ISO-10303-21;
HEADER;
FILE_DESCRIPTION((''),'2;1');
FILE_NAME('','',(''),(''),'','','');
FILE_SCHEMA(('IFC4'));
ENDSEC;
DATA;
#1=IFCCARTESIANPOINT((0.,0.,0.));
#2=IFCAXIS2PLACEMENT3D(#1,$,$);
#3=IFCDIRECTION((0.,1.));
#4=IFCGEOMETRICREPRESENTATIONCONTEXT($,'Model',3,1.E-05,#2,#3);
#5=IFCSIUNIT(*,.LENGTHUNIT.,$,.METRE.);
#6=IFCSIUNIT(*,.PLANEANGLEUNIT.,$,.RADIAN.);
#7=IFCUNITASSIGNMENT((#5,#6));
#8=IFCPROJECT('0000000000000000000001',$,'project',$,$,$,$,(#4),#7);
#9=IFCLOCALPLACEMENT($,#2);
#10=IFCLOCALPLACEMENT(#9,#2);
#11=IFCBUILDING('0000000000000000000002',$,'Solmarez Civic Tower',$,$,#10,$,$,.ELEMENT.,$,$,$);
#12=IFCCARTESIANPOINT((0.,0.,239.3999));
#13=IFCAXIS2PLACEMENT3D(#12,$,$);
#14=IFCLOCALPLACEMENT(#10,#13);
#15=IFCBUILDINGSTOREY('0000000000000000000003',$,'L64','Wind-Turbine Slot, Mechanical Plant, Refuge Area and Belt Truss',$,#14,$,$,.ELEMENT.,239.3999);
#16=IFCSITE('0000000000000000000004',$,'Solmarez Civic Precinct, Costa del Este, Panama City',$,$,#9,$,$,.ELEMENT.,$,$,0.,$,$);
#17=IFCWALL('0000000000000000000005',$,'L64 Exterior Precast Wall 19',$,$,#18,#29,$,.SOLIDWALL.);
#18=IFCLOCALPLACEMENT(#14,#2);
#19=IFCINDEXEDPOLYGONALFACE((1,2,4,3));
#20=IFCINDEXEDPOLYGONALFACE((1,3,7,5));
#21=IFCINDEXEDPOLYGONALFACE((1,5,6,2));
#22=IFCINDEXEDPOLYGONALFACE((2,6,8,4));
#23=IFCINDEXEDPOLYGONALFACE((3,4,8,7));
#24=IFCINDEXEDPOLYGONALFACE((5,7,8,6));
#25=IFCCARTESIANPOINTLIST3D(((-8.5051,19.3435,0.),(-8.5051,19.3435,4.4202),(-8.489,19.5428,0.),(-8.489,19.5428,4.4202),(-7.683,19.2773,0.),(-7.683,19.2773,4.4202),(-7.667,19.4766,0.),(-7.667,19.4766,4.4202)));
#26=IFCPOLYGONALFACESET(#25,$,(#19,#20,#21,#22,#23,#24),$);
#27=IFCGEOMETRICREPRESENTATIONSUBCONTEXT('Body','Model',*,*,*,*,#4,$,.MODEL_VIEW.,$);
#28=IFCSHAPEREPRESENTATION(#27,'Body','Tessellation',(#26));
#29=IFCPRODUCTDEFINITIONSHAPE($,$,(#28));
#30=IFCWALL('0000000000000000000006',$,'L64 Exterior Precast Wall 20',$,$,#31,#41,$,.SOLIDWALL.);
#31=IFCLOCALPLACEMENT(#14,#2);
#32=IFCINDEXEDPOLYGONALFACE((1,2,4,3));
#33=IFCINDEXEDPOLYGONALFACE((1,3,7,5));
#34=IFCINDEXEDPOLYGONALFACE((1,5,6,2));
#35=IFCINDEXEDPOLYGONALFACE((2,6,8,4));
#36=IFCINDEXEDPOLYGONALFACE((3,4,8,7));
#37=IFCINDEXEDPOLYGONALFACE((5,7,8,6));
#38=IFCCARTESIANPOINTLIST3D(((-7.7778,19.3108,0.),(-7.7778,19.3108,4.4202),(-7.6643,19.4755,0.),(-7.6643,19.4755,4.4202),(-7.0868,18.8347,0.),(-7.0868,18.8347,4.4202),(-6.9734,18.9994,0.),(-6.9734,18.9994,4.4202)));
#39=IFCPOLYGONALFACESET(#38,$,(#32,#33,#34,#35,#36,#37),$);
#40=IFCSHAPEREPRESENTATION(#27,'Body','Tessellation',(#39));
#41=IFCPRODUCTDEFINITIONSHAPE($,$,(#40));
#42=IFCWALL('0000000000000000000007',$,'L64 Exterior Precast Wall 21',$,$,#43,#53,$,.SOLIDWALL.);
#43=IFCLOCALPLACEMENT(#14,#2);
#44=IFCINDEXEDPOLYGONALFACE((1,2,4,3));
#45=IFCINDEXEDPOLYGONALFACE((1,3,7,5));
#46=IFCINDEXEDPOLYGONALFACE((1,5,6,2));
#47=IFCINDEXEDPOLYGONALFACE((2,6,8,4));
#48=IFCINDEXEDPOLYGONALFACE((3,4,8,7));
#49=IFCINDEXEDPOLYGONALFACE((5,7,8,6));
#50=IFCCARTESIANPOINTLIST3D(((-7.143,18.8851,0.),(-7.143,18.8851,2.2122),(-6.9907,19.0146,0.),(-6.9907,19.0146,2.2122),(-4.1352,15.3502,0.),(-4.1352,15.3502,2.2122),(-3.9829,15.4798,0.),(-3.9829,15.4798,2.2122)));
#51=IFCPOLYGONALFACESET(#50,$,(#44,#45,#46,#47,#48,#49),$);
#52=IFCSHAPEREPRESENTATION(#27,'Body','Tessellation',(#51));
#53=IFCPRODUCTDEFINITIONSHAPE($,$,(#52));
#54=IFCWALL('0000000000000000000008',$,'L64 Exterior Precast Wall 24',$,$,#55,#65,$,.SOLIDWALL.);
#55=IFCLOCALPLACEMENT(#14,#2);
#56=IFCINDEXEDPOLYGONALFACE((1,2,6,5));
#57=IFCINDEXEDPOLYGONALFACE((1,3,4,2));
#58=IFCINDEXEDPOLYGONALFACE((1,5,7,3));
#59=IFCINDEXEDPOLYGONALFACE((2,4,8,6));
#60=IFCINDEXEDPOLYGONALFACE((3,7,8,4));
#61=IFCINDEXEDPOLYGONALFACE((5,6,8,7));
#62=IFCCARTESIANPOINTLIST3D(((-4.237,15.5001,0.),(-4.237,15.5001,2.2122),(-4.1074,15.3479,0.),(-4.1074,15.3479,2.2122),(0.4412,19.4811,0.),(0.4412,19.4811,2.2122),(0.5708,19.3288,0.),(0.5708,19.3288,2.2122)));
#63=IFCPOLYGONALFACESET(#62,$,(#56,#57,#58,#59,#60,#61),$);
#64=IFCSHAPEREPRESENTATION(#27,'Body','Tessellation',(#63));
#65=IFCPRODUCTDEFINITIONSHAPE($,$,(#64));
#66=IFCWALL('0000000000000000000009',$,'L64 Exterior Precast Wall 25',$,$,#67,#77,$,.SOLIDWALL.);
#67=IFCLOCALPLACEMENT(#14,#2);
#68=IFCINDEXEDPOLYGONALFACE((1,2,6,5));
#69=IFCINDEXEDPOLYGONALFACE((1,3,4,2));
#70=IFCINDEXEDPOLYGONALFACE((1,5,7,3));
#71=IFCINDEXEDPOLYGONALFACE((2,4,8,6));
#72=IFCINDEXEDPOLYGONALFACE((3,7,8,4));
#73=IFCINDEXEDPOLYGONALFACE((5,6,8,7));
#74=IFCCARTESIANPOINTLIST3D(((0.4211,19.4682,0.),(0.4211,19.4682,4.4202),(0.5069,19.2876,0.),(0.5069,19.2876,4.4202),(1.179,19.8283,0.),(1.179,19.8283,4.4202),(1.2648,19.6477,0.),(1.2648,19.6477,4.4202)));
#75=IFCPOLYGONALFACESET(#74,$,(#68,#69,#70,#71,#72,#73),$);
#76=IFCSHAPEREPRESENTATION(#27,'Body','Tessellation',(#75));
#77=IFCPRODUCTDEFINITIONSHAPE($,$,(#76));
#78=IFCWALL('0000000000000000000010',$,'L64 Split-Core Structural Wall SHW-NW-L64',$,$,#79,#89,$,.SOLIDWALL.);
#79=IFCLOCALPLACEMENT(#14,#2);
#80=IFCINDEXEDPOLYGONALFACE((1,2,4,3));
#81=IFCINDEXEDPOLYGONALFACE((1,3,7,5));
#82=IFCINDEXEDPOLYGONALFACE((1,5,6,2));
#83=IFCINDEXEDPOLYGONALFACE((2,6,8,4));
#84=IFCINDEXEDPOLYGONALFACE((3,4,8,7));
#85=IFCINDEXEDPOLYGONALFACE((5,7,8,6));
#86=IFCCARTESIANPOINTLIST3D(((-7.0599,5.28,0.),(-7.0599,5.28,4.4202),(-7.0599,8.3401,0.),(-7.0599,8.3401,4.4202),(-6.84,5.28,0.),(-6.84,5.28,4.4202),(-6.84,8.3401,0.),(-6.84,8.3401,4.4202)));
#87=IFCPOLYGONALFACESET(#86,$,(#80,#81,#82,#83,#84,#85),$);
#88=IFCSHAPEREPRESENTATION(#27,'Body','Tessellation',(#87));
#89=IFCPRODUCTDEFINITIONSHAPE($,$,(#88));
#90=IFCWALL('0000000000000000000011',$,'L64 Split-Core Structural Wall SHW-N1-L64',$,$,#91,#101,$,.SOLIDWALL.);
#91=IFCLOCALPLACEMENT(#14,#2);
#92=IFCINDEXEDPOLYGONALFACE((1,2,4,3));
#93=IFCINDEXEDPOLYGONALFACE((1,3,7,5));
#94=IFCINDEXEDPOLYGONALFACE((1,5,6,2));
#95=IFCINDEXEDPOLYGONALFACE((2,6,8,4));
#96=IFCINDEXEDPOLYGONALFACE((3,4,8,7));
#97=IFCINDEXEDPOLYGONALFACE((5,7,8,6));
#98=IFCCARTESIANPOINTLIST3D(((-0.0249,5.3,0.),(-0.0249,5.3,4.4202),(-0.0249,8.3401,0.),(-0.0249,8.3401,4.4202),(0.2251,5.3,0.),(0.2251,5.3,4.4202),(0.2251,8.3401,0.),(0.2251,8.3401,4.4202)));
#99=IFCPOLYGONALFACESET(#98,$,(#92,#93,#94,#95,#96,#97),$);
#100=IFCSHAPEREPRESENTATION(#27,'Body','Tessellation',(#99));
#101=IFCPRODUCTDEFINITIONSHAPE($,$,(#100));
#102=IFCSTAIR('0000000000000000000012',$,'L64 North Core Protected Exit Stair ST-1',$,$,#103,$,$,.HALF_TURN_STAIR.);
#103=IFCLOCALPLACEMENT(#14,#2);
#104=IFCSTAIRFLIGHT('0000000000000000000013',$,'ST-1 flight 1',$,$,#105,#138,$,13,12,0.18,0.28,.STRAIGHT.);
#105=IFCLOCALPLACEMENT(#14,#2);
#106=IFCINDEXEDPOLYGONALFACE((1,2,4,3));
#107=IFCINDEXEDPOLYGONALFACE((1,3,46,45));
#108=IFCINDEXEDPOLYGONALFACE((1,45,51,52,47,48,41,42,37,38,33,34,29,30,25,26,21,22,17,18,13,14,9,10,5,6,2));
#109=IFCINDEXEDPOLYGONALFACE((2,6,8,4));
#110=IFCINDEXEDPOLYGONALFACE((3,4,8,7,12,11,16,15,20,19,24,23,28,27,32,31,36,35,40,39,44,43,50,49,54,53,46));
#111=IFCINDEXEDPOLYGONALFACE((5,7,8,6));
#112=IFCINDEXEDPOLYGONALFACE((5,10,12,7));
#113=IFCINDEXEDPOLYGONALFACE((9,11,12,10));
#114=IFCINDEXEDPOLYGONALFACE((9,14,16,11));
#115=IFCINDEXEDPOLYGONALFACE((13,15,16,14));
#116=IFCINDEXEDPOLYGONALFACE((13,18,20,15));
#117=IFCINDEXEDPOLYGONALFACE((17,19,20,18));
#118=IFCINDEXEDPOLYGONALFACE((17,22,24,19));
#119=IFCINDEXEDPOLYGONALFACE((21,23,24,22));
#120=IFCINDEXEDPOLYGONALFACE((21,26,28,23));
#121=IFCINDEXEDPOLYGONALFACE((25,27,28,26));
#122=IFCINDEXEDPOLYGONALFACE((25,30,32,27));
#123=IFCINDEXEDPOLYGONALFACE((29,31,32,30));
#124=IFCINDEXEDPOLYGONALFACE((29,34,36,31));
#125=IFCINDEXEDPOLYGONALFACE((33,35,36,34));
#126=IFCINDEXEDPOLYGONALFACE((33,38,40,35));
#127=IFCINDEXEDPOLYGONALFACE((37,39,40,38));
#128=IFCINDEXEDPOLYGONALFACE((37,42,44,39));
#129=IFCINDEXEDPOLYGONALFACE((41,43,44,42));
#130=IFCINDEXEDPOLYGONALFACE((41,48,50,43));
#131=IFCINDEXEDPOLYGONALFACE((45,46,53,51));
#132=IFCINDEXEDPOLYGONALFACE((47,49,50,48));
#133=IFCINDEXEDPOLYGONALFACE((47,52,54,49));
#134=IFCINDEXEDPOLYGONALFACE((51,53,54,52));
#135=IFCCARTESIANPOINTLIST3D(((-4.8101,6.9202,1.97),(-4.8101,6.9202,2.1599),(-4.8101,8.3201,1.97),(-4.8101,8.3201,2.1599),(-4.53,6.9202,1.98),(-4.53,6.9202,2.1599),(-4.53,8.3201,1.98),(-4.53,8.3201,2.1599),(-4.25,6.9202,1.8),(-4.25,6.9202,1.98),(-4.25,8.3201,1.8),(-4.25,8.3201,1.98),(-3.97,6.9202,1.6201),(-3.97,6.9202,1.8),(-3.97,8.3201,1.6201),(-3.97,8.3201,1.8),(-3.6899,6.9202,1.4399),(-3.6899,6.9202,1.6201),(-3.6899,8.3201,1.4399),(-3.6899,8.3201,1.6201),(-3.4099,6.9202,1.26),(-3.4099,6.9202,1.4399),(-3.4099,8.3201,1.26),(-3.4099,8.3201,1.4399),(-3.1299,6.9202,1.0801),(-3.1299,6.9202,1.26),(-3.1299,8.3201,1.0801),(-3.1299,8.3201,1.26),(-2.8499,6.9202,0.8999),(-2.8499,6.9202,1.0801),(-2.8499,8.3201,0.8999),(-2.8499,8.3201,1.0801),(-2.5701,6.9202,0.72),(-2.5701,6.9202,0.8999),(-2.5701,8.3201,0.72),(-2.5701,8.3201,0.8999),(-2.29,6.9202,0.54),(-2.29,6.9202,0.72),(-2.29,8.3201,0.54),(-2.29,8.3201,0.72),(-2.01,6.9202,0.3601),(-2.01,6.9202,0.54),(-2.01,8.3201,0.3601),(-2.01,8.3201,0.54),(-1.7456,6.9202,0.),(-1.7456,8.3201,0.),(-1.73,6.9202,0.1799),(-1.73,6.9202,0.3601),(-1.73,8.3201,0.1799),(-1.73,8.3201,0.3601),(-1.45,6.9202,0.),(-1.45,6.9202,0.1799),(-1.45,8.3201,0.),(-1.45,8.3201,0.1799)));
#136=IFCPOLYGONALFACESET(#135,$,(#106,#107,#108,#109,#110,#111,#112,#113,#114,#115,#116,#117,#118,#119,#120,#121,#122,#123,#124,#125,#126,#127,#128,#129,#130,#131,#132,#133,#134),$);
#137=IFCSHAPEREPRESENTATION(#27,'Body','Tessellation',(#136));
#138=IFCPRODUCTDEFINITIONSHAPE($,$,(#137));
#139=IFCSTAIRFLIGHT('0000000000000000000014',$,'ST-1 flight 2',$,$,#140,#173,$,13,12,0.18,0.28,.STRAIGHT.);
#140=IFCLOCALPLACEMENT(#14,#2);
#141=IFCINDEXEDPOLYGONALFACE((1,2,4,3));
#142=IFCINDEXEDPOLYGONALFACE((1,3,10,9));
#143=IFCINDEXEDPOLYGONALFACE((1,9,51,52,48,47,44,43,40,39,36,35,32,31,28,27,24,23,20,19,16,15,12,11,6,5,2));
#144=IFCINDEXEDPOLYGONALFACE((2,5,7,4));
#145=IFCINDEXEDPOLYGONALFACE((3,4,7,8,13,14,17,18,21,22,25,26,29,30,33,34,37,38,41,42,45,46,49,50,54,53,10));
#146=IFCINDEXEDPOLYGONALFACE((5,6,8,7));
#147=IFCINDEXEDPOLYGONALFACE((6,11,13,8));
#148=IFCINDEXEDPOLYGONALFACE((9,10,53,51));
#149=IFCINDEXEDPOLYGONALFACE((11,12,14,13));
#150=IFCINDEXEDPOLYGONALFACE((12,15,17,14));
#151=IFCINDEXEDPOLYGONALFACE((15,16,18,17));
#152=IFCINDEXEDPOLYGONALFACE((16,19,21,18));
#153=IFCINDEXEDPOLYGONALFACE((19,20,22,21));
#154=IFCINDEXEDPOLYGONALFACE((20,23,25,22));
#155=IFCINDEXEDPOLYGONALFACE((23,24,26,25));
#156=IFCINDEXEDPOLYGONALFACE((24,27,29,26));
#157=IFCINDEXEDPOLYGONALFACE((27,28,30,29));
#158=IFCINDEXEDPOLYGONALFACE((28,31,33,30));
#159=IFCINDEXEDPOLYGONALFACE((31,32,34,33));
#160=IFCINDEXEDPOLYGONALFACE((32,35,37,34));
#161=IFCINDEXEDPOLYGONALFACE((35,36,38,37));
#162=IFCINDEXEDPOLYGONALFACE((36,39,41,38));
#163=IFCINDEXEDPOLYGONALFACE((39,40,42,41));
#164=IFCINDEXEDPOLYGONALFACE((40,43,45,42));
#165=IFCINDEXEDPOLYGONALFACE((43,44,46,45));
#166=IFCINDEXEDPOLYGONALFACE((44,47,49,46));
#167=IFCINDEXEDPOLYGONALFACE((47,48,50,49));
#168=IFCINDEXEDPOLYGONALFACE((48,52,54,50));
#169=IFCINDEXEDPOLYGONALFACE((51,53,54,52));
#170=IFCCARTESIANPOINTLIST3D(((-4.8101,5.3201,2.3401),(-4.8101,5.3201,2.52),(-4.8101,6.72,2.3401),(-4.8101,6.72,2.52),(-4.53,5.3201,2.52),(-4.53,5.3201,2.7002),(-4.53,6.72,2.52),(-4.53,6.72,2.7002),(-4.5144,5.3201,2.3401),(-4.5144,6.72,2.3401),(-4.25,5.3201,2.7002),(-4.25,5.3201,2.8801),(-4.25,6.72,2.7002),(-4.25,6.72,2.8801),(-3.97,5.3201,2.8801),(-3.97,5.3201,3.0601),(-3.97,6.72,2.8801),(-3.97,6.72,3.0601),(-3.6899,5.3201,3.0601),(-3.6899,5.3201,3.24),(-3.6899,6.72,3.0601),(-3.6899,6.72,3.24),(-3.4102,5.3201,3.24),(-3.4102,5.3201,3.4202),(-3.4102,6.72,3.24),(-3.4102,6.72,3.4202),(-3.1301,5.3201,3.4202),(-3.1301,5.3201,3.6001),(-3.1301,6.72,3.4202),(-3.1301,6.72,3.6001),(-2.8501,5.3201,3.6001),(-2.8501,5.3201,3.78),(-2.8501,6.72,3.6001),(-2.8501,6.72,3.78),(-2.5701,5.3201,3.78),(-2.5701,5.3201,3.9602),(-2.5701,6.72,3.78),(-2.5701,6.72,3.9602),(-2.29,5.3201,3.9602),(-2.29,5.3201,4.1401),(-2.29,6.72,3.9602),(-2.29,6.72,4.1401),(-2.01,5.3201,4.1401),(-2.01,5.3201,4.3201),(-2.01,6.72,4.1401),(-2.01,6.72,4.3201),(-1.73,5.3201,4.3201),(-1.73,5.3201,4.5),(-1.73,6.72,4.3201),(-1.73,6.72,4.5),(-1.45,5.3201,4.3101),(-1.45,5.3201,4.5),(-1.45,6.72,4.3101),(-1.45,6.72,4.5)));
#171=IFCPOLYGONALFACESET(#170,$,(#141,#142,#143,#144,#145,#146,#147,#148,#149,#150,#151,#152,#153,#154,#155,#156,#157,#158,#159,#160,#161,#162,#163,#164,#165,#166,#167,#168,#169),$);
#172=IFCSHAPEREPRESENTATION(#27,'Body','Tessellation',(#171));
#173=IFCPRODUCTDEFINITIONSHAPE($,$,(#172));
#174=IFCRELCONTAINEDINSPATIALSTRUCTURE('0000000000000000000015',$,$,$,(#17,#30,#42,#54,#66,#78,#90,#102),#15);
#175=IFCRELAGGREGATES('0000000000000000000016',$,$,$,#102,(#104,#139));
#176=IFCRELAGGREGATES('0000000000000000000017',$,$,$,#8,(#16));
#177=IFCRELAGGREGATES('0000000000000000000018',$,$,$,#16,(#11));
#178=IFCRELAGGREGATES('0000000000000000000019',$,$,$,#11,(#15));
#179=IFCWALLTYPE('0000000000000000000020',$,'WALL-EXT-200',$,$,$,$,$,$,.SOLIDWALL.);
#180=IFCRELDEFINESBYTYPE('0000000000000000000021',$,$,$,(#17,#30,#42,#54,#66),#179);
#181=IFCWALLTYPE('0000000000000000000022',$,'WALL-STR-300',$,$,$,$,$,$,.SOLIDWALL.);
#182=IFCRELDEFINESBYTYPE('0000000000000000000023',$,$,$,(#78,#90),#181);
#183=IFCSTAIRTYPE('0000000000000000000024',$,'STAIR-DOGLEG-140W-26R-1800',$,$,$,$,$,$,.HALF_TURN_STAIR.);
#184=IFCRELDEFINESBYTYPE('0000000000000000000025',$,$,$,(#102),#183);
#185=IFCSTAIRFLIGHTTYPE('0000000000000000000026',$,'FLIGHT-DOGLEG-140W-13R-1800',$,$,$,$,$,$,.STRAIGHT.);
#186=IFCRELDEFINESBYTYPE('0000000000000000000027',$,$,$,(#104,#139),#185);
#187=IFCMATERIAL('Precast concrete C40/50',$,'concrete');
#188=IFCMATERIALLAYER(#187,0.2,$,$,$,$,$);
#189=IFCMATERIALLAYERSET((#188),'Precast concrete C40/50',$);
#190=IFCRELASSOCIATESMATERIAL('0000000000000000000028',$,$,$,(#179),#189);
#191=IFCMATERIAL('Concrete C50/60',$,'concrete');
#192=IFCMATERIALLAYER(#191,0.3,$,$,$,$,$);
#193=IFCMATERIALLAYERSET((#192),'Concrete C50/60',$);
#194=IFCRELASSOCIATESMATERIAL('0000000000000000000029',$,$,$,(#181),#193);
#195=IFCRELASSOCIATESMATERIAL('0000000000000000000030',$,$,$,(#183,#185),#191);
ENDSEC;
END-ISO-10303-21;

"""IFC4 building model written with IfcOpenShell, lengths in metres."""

from ifc_helpers import new_model, si_unit, direction, frame, frame_2d, origin, place, context, subcontext, project, spatial, polyline, rectangle, outline, extrude, material, layer, layer_set, type_object, element, aggregate, save


model = new_model("IFC4")

# Units and contexts
model_context = context("Model", 3, precision=1e-05, world=origin(), true_north=direction((0.0, 1.0)))
body_context = subcontext(model_context, "Body", "Model", "MODEL_VIEW")
ifc_project = project(units=[si_unit("LENGTHUNIT", "METRE"), si_unit("PLANEANGLEUNIT", "RADIAN")], contexts=[model_context])

# Site, building, storey
site_placement = place(None, origin())
site = spatial("IfcSite", under=ifc_project, at=site_placement, Name="Solmarez Civic Precinct, Costa del Este, Panama City", CompositionType="ELEMENT", RefElevation=0.0)
building_placement = place(site_placement, origin())
building = spatial("IfcBuilding", under=site, at=building_placement, Name="Solmarez Civic Tower", CompositionType="ELEMENT")
storey_placement = place(building_placement, frame((0.0, 0.0, 239.3999)))
storey = spatial("IfcBuildingStorey", under=building, at=storey_placement, Name="L64", Description="Wind-Turbine Slot, Mechanical Plant, Refuge Area and Belt Truss", CompositionType="ELEMENT", Elevation=239.3999)

# Shared definitions
ifc_material_1 = material(Name="Concrete C50/60", Category="concrete")

# Walls
ifc_material_2 = material(Name="Precast concrete C40/50", Category="concrete")
ifc_layer_1 = layer(ifc_material_2, 0.2)
ifc_layer_set_1 = layer_set([ifc_layer_1], Name="Precast concrete C40/50")
wall_type_1 = type_object("IfcWallType", Name="WALL-EXT-200", PredefinedType="SOLIDWALL", material=ifc_layer_set_1)
wall_1_placement = place(storey_placement, frame((-8.4971, 19.4431, 0.0), z_axis=(0.0, 0.0, 1.0), x_axis=(0.996777, -0.080228, 0.0)))
element("IfcWall", 1, at=wall_1_placement, inside=storey, type_object=wall_type_1, Name="L64 Exterior Precast Wall 19", PredefinedType="SOLIDWALL", context=body_context, shape_type="SweptSolid", body=[
    extrude(rectangle(XDim=0.8247, YDim=0.2, at=frame_2d((0.4124, 0.0))), origin(), (0.0, 0.0, 1.0), 4.4202),
])
wall_2_placement = place(storey_placement, frame((-7.7209, 19.3931, 0.0), z_axis=(0.0, 0.0, 1.0), x_axis=(0.823447, -0.567393, 0.0)))
element("IfcWall", 2, at=wall_2_placement, inside=storey, type_object=wall_type_1, Name="L64 Exterior Precast Wall 20", PredefinedType="SOLIDWALL", context=body_context, shape_type="SweptSolid", body=[
    extrude(rectangle(XDim=0.8391, YDim=0.2, at=frame_2d((0.4194, 0.0))), origin(), (0.0, 0.0, 1.0), 4.4202),
])
wall_3_placement = place(storey_placement, frame((-7.0669, 18.95, 0.0), z_axis=(0.0, 0.0, 1.0), x_axis=(0.648041, -0.761606, 0.0)))
element("IfcWall", 3, at=wall_3_placement, inside=storey, type_object=wall_type_1, Name="L64 Exterior Precast Wall 21", PredefinedType="SOLIDWALL", context=body_context, shape_type="SweptSolid", body=[
    extrude(rectangle(XDim=4.6414, YDim=0.2, at=frame_2d((2.3208, 0.0))), origin(), (0.0, 0.0, 1.0), 2.2122),
])
wall_4_placement = place(storey_placement, frame((-4.1721, 15.4241, 0.0), z_axis=(0.0, 0.0, 1.0), x_axis=(0.76158, 0.648071, 0.0)))
element("IfcWall", 4, at=wall_4_placement, inside=storey, type_object=wall_type_1, Name="L64 Exterior Precast Wall 24", PredefinedType="SOLIDWALL", context=body_context, shape_type="SweptSolid", body=[
    extrude(rectangle(XDim=6.1428, YDim=0.2, at=frame_2d((3.0713, 0.0))), origin(), (0.0, 0.0, 1.0), 2.2122),
])
wall_5_placement = place(storey_placement, frame((0.4641, 19.3779, 0.0), z_axis=(0.0, 0.0, 1.0), x_axis=(0.90321, 0.429199, 0.0)))
element("IfcWall", 5, at=wall_5_placement, inside=storey, type_object=wall_type_1, Name="L64 Exterior Precast Wall 25", PredefinedType="SOLIDWALL", context=body_context, shape_type="SweptSolid", body=[
    extrude(rectangle(XDim=0.8391, YDim=0.2, at=frame_2d((0.4194, 0.0))), origin(), (0.0, 0.0, 1.0), 4.4202),
])
ifc_layer_2 = layer(ifc_material_1, 0.3)
ifc_layer_set_2 = layer_set([ifc_layer_2], Name="Concrete C50/60")
wall_type_2 = type_object("IfcWallType", Name="WALL-STR-300", PredefinedType="SOLIDWALL", material=ifc_layer_set_2)
wall_6_placement = place(storey_placement, frame((-6.95, 5.28, 0.0), z_axis=(0.0, 0.0, 1.0), x_axis=(0.0, 1.0, 0.0)))
element("IfcWall", 6, at=wall_6_placement, inside=storey, type_object=wall_type_2, Name="L64 Split-Core Structural Wall SHW-NW-L64", PredefinedType="SOLIDWALL", context=body_context, shape_type="SweptSolid", body=[
    extrude(rectangle(XDim=3.0601, YDim=0.22, at=frame_2d((1.53, 0.0))), origin(), (0.0, 0.0, 1.0), 4.4202),
])
wall_7_placement = place(storey_placement, frame((0.1001, 5.3, 0.0), z_axis=(0.0, 0.0, 1.0), x_axis=(0.0, 1.0, 0.0)))
element("IfcWall", 7, at=wall_7_placement, inside=storey, type_object=wall_type_2, Name="L64 Split-Core Structural Wall SHW-N1-L64", PredefinedType="SOLIDWALL", context=body_context, shape_type="SweptSolid", body=[
    extrude(rectangle(XDim=3.04, YDim=0.25, at=frame_2d((1.52, 0.0))), origin(), (0.0, 0.0, 1.0), 4.4202),
])

# Stair, stair flights
stair_type = type_object("IfcStairType", Name="STAIR-DOGLEG-140W-26R-1800", PredefinedType="HALF_TURN_STAIR", material=ifc_material_1)
stair_placement = place(storey_placement, origin())
stair = element("IfcStair", 8, at=stair_placement, inside=storey, type_object=stair_type, Name="L64 North Core Protected Exit Stair ST-1", PredefinedType="HALF_TURN_STAIR")
stair_flight_type = type_object("IfcStairFlightType", Name="FLIGHT-DOGLEG-140W-13R-1800", PredefinedType="STRAIGHT", material=ifc_material_1)
stair_flight_1_placement = place(storey_placement, frame((-1.45, 7.6201, 0.0), z_axis=(0.0, 0.0, 1.0), x_axis=(-1.0, 0.0, 0.0)))
stair_flight_1 = element("IfcStairFlight", 9, at=stair_flight_1_placement, type_object=stair_flight_type, Name="ST-1 flight 1", NumberOfRisers=13, NumberOfTreads=12, PredefinedType="STRAIGHT", RiserHeight=0.18, TreadLength=0.28, context=body_context, shape_type="SweptSolid", body=[
    extrude(outline(polyline([(0.0, 0.0), (0.0, 0.1799), (0.28, 0.1799), (0.28, 0.3601), (0.5601, 0.3601), (0.5601, 0.54), (0.8401, 0.54), (0.8401, 0.72), (1.1201, 0.72), (1.1201, 0.8999), (1.3999, 0.8999), (1.3999, 1.0801), (1.6799, 1.0801), (1.6799, 1.26), (1.96, 1.26), (1.96, 1.4399), (2.24, 1.4399), (2.24, 1.6201), (2.52, 1.6201), (2.52, 1.8), (2.8, 1.8), (2.8, 1.98), (3.0801, 1.98), (3.0801, 2.1599), (3.3601, 2.1599), (3.3601, 2.3401), (3.3601, 1.97), (0.2957, 0.0), (0.0, 0.0)])), frame((0.0, 0.7, 0.0), z_axis=(0.0, -1.0, 0.0), x_axis=(1.0, 0.0, 0.0)), (0.0, 0.0, 1.0), 1.3999),
])
stair_flight_2_placement = place(storey_placement, frame((-4.8101, 6.02, 2.3401), z_axis=(0.0, 0.0, 1.0), x_axis=(1.0, 0.0, 0.0)))
stair_flight_2 = element("IfcStairFlight", 10, at=stair_flight_2_placement, type_object=stair_flight_type, Name="ST-1 flight 2", NumberOfRisers=13, NumberOfTreads=12, PredefinedType="STRAIGHT", RiserHeight=0.18, TreadLength=0.28, context=body_context, shape_type="SweptSolid", body=[
    extrude(outline(polyline([(0.0, 0.0), (0.0, 0.1799), (0.28, 0.1799), (0.28, 0.3601), (0.5601, 0.3601), (0.5601, 0.54), (0.8401, 0.54), (0.8401, 0.72), (1.1201, 0.72), (1.1201, 0.8999), (1.3999, 0.8999), (1.3999, 1.0801), (1.6799, 1.0801), (1.6799, 1.26), (1.96, 1.26), (1.96, 1.4399), (2.24, 1.4399), (2.24, 1.6201), (2.52, 1.6201), (2.52, 1.8), (2.8, 1.8), (2.8, 1.98), (3.0801, 1.98), (3.0801, 2.1599), (3.3601, 2.1599), (3.3601, 2.3401), (3.3601, 1.97), (0.2957, 0.0), (0.0, 0.0)])), frame((0.0, 0.7, 0.0), z_axis=(0.0, -1.0, 0.0), x_axis=(1.0, 0.0, 0.0)), (0.0, 0.0, 1.0), 1.3999),
])
aggregate(stair, [stair_flight_1, stair_flight_2])

save(model, "model.ifc")
